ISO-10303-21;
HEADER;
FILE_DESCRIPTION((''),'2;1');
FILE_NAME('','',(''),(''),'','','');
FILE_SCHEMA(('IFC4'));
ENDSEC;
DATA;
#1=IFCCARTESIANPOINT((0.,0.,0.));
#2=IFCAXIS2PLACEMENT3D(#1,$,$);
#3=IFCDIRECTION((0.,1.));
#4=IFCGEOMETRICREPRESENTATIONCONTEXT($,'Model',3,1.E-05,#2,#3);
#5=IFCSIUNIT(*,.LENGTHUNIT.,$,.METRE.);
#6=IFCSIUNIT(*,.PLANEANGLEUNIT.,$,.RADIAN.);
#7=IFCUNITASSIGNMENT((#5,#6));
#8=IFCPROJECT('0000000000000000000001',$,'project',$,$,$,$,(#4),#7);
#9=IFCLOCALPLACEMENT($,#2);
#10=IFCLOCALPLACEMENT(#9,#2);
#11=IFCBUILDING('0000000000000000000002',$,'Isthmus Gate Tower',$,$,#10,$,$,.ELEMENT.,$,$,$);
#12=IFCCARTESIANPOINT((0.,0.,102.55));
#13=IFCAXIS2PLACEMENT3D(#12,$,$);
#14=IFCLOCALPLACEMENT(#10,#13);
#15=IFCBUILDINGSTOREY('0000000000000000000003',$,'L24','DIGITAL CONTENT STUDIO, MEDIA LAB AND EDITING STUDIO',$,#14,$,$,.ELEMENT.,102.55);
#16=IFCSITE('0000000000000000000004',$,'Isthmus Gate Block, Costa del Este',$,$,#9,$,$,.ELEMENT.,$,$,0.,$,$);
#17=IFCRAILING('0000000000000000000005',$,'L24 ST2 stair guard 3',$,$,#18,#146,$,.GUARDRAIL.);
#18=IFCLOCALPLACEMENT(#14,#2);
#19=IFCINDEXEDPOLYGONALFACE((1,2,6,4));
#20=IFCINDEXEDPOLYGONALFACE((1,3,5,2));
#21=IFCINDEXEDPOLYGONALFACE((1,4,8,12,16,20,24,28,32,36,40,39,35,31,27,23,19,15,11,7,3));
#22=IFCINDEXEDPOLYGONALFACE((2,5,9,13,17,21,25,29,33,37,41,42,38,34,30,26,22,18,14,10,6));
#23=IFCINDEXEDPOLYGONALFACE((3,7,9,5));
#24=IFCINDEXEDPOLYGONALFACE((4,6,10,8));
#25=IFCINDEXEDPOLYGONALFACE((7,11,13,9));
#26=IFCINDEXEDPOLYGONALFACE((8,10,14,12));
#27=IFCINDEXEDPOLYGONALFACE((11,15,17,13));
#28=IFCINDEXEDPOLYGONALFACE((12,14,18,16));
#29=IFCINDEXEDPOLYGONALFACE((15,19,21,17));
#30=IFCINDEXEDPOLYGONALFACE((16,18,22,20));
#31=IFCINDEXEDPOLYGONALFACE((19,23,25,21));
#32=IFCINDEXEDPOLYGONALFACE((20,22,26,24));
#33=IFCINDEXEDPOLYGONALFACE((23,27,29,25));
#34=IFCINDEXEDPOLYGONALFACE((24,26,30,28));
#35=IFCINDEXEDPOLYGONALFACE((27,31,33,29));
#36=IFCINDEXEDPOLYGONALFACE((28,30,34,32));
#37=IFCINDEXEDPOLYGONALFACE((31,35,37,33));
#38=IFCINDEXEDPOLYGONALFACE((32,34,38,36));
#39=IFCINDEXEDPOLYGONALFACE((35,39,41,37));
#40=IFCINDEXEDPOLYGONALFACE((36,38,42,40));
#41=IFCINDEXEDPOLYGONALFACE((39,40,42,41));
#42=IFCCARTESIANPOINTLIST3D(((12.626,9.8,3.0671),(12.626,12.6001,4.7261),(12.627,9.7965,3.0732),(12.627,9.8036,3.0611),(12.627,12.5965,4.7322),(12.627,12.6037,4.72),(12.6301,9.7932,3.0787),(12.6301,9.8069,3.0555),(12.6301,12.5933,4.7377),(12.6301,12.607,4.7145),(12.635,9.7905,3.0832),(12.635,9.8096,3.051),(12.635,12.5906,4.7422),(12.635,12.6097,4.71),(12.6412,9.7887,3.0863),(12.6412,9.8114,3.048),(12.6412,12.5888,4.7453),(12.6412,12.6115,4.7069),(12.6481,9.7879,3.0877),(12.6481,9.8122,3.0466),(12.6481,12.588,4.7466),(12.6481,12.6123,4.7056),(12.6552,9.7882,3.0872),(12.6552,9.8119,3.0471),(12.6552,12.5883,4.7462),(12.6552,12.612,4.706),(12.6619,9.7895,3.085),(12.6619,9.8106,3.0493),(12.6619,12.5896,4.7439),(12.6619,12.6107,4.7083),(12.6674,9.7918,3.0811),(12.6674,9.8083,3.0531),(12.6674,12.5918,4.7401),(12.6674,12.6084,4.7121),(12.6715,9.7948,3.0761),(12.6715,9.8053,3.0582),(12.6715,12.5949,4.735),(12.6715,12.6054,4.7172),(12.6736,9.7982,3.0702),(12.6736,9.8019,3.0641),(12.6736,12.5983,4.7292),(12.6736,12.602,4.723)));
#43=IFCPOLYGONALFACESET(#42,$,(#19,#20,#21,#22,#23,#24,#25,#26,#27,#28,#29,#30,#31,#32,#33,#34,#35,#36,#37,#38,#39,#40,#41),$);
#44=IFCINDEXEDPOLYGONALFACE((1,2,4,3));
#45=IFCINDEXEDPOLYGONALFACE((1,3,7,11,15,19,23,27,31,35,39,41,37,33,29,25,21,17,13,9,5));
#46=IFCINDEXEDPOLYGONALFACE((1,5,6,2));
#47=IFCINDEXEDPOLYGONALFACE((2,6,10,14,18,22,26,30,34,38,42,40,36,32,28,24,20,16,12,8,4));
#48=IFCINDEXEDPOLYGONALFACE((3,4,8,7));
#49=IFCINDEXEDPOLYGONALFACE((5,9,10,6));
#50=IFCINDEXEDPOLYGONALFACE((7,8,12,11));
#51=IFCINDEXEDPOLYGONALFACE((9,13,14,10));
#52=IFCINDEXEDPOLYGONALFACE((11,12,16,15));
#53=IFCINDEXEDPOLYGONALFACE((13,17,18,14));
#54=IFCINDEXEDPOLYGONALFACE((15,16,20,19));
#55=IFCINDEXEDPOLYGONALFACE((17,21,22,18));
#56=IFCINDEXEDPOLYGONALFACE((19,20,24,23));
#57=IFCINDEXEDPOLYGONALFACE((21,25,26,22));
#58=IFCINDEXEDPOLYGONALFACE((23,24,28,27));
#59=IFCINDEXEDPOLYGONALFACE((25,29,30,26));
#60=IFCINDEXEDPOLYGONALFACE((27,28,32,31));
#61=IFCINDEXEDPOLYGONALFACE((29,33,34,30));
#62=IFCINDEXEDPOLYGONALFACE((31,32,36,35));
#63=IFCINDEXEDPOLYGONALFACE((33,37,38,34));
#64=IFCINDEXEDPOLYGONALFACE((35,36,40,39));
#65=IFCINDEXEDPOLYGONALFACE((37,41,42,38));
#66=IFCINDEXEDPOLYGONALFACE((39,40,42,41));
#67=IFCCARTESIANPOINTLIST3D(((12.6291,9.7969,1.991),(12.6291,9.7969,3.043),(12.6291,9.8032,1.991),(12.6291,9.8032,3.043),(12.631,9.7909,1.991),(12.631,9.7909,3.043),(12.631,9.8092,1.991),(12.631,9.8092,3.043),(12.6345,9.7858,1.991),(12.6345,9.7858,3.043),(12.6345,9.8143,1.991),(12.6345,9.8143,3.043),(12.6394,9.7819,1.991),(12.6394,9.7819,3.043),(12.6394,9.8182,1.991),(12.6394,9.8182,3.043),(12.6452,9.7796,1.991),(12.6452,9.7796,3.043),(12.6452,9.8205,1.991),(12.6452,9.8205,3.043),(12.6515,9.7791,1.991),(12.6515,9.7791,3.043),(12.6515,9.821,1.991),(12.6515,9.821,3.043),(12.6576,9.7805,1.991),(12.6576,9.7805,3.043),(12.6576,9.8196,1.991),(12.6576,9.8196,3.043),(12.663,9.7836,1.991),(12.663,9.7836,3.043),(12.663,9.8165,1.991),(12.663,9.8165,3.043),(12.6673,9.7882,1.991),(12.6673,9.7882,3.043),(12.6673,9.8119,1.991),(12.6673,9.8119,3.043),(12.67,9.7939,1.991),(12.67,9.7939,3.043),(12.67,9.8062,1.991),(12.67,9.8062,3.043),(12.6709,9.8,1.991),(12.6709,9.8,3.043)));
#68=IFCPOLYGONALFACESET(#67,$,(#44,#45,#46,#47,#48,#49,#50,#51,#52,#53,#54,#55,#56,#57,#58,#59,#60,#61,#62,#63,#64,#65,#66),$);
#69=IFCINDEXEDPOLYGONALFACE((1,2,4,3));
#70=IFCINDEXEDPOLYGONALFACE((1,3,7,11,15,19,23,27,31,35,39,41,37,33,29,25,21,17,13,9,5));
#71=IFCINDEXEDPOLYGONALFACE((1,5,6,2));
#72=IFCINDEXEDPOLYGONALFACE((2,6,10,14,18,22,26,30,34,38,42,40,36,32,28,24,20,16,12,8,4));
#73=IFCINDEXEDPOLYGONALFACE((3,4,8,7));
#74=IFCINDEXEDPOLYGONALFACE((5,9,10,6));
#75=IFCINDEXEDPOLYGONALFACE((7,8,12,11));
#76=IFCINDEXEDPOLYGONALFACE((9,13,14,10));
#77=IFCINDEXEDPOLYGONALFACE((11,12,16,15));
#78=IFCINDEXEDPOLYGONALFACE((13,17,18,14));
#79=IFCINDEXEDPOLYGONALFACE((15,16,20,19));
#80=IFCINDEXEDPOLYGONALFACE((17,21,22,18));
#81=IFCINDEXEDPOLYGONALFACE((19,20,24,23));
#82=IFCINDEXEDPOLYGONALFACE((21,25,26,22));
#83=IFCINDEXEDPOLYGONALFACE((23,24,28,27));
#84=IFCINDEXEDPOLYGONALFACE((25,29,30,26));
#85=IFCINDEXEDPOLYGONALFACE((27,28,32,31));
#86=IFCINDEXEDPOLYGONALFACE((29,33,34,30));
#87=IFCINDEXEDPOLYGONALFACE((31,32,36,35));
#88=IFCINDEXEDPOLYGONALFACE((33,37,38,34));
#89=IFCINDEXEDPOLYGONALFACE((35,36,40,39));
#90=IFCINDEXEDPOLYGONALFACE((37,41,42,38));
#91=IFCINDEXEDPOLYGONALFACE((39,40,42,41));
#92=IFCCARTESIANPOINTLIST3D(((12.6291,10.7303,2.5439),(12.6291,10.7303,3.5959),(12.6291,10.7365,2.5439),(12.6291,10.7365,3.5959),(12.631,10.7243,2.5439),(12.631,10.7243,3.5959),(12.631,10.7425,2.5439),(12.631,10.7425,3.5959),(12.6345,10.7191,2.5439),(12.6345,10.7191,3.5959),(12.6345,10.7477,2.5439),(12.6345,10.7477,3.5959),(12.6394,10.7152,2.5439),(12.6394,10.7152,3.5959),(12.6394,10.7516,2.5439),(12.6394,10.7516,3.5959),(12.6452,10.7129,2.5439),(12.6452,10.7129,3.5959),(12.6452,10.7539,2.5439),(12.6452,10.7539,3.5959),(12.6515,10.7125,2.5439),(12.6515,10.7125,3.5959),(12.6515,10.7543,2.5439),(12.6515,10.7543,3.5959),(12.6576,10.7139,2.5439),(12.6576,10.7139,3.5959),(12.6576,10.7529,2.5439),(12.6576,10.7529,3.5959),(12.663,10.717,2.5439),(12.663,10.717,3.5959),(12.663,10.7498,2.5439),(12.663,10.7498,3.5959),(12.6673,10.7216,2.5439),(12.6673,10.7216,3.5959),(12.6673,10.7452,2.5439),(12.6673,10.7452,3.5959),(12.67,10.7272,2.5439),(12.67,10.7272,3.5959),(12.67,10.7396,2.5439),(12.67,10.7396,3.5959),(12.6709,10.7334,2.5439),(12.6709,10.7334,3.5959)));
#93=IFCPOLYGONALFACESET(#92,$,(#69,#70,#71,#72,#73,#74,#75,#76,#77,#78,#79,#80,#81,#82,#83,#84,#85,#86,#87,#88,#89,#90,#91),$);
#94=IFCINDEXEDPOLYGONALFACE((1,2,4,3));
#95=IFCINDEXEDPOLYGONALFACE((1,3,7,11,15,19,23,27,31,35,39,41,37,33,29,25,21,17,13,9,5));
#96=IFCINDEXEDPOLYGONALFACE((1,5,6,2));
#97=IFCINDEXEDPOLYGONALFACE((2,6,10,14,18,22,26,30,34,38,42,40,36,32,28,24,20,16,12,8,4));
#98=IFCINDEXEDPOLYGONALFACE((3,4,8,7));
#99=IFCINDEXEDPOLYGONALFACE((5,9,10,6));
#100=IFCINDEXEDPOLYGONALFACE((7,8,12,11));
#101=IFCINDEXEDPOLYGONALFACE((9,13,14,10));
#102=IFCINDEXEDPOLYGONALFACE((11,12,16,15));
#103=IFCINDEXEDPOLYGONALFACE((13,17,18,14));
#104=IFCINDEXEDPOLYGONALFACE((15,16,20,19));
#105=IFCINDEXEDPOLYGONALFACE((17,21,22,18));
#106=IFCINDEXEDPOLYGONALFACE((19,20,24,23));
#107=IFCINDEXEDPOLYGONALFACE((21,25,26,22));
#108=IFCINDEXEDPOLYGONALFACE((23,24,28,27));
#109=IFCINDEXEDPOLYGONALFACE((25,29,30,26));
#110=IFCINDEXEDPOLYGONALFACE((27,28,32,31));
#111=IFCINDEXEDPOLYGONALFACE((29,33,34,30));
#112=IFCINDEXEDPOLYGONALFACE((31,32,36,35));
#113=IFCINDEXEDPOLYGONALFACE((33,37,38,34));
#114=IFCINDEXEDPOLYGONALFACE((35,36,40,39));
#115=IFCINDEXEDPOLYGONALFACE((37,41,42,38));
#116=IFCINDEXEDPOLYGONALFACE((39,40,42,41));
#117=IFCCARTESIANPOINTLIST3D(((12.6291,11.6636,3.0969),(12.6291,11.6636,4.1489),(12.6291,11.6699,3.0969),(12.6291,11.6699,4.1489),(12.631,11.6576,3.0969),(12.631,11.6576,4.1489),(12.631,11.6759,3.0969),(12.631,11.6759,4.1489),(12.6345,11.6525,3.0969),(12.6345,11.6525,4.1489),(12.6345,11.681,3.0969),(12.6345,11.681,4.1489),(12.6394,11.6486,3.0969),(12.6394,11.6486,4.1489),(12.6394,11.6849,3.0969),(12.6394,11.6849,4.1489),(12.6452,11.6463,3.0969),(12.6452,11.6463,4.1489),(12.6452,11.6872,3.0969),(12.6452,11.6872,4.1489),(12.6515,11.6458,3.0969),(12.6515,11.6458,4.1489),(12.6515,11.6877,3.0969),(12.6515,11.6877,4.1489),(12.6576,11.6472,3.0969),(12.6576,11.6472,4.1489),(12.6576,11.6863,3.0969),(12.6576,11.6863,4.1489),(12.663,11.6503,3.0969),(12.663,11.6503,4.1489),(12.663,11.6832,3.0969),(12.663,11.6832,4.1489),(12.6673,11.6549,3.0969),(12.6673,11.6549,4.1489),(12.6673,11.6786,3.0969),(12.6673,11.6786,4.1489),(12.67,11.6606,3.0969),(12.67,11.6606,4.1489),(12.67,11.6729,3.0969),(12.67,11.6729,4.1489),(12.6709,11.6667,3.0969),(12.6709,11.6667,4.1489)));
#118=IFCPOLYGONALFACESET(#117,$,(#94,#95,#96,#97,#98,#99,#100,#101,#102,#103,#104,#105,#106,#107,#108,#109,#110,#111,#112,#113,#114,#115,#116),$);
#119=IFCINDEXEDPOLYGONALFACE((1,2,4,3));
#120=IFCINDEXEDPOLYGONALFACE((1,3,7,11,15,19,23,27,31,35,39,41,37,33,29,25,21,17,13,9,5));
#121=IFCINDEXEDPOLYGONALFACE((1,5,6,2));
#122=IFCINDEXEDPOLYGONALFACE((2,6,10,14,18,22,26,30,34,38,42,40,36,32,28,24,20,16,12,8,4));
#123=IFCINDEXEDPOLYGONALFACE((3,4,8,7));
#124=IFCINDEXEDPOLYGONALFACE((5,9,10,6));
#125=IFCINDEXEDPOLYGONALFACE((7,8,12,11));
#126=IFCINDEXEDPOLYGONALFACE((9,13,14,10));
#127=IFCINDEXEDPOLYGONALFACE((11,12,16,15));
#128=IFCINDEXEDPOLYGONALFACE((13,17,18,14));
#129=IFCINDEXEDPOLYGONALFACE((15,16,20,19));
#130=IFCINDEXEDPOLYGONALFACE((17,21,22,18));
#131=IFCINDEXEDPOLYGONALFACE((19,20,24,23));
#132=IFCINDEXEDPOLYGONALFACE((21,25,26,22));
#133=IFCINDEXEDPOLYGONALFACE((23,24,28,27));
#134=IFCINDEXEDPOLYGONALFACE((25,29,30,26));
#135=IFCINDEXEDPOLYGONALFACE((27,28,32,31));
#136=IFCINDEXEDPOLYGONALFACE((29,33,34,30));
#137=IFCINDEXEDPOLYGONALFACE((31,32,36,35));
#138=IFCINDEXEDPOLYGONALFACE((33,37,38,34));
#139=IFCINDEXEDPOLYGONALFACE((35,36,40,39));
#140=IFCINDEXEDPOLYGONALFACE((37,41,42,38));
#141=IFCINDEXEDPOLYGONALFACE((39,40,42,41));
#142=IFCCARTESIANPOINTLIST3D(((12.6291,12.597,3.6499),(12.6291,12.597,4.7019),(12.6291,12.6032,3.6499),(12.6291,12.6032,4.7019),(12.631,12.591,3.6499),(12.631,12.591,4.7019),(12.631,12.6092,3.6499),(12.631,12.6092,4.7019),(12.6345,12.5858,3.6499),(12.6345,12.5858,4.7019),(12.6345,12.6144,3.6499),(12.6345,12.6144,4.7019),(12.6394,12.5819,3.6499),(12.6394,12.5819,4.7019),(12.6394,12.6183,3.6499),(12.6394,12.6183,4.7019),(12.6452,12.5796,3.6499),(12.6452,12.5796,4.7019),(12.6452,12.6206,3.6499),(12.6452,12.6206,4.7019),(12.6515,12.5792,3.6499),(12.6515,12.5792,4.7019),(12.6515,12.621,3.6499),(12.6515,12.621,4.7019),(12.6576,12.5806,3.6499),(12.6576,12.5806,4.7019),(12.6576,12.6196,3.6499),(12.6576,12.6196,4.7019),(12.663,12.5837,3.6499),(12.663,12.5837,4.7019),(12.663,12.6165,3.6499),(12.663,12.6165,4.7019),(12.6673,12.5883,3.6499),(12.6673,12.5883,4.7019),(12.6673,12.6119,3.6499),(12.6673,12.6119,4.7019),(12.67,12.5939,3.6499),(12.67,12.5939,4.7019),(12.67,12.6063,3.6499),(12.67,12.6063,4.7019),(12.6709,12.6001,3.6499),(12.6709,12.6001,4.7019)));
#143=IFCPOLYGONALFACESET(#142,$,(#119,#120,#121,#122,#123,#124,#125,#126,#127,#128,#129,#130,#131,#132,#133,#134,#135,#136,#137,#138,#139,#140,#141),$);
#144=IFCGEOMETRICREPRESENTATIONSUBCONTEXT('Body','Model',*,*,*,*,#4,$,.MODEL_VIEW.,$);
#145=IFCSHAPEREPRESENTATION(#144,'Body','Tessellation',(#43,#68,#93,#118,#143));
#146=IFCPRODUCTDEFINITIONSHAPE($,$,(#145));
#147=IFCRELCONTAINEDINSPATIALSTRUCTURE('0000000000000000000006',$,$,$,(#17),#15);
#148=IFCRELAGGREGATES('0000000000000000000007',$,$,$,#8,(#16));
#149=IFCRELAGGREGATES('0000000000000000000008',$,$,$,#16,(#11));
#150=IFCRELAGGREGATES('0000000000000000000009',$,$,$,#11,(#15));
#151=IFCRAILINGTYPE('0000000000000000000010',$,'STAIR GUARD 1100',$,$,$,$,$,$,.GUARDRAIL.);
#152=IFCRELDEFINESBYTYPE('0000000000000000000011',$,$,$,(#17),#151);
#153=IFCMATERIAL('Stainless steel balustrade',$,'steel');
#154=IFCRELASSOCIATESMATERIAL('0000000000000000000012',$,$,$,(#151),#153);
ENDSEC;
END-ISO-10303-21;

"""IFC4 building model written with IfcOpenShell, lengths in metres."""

from ifc_helpers import new_model, si_unit, direction, frame, origin, origin_2d, place, context, subcontext, project, spatial, circle, extrude, material, type_object, element, save


model = new_model("IFC4")

# Units and contexts
model_context = context("Model", 3, precision=1e-05, world=origin(), true_north=direction((0.0, 1.0)))
body_context = subcontext(model_context, "Body", "Model", "MODEL_VIEW")
ifc_project = project(units=[si_unit("LENGTHUNIT", "METRE"), si_unit("PLANEANGLEUNIT", "RADIAN")], contexts=[model_context])

# Site, building, storey
site_placement = place(None, origin())
site = spatial("IfcSite", under=ifc_project, at=site_placement, Name="Isthmus Gate Block, Costa del Este", CompositionType="ELEMENT", RefElevation=0.0)
building_placement = place(site_placement, origin())
building = spatial("IfcBuilding", under=site, at=building_placement, Name="Isthmus Gate Tower", CompositionType="ELEMENT")
storey_placement = place(building_placement, frame((0.0, 0.0, 102.55)))
storey = spatial("IfcBuildingStorey", under=building, at=storey_placement, Name="L24", Description="DIGITAL CONTENT STUDIO, MEDIA LAB AND EDITING STUDIO", CompositionType="ELEMENT", Elevation=102.55)

# Railing
ifc_material_1 = material(Name="Stainless steel balustrade", Category="steel")
railing_type_1 = type_object("IfcRailingType", Name="STAIR GUARD 1100", PredefinedType="GUARDRAIL", material=ifc_material_1)
railing_1_placement = place(storey_placement, frame((12.6499, 9.8, 1.991)))
element("IfcRailing", 1, at=railing_1_placement, inside=storey, type_object=railing_type_1, Name="L24 ST2 stair guard 3", PredefinedType="GUARDRAIL", context=body_context, shape_type="SweptSolid", body=[
    extrude(circle(Radius=0.0239, at=origin_2d()), frame((0.0, 0.0, 1.0762), z_axis=(0.0, 0.860339, 0.509722), x_axis=(-1.0, 0.0, 0.0)), (0.0, 0.0, 1.0), 3.2546),
    extrude(circle(Radius=0.021, at=origin_2d()), origin(), (0.0, 0.0, 1.0), 1.052),
    extrude(circle(Radius=0.021, at=origin_2d()), frame((0.0, 0.9333, 0.553)), (0.0, 0.0, 1.0), 1.052),
    extrude(circle(Radius=0.021, at=origin_2d()), frame((0.0, 1.8667, 1.106)), (0.0, 0.0, 1.0), 1.052),
    extrude(circle(Radius=0.021, at=origin_2d()), frame((0.0, 2.8, 1.6589)), (0.0, 0.0, 1.0), 1.052),
])

save(model, "model.ifc")
